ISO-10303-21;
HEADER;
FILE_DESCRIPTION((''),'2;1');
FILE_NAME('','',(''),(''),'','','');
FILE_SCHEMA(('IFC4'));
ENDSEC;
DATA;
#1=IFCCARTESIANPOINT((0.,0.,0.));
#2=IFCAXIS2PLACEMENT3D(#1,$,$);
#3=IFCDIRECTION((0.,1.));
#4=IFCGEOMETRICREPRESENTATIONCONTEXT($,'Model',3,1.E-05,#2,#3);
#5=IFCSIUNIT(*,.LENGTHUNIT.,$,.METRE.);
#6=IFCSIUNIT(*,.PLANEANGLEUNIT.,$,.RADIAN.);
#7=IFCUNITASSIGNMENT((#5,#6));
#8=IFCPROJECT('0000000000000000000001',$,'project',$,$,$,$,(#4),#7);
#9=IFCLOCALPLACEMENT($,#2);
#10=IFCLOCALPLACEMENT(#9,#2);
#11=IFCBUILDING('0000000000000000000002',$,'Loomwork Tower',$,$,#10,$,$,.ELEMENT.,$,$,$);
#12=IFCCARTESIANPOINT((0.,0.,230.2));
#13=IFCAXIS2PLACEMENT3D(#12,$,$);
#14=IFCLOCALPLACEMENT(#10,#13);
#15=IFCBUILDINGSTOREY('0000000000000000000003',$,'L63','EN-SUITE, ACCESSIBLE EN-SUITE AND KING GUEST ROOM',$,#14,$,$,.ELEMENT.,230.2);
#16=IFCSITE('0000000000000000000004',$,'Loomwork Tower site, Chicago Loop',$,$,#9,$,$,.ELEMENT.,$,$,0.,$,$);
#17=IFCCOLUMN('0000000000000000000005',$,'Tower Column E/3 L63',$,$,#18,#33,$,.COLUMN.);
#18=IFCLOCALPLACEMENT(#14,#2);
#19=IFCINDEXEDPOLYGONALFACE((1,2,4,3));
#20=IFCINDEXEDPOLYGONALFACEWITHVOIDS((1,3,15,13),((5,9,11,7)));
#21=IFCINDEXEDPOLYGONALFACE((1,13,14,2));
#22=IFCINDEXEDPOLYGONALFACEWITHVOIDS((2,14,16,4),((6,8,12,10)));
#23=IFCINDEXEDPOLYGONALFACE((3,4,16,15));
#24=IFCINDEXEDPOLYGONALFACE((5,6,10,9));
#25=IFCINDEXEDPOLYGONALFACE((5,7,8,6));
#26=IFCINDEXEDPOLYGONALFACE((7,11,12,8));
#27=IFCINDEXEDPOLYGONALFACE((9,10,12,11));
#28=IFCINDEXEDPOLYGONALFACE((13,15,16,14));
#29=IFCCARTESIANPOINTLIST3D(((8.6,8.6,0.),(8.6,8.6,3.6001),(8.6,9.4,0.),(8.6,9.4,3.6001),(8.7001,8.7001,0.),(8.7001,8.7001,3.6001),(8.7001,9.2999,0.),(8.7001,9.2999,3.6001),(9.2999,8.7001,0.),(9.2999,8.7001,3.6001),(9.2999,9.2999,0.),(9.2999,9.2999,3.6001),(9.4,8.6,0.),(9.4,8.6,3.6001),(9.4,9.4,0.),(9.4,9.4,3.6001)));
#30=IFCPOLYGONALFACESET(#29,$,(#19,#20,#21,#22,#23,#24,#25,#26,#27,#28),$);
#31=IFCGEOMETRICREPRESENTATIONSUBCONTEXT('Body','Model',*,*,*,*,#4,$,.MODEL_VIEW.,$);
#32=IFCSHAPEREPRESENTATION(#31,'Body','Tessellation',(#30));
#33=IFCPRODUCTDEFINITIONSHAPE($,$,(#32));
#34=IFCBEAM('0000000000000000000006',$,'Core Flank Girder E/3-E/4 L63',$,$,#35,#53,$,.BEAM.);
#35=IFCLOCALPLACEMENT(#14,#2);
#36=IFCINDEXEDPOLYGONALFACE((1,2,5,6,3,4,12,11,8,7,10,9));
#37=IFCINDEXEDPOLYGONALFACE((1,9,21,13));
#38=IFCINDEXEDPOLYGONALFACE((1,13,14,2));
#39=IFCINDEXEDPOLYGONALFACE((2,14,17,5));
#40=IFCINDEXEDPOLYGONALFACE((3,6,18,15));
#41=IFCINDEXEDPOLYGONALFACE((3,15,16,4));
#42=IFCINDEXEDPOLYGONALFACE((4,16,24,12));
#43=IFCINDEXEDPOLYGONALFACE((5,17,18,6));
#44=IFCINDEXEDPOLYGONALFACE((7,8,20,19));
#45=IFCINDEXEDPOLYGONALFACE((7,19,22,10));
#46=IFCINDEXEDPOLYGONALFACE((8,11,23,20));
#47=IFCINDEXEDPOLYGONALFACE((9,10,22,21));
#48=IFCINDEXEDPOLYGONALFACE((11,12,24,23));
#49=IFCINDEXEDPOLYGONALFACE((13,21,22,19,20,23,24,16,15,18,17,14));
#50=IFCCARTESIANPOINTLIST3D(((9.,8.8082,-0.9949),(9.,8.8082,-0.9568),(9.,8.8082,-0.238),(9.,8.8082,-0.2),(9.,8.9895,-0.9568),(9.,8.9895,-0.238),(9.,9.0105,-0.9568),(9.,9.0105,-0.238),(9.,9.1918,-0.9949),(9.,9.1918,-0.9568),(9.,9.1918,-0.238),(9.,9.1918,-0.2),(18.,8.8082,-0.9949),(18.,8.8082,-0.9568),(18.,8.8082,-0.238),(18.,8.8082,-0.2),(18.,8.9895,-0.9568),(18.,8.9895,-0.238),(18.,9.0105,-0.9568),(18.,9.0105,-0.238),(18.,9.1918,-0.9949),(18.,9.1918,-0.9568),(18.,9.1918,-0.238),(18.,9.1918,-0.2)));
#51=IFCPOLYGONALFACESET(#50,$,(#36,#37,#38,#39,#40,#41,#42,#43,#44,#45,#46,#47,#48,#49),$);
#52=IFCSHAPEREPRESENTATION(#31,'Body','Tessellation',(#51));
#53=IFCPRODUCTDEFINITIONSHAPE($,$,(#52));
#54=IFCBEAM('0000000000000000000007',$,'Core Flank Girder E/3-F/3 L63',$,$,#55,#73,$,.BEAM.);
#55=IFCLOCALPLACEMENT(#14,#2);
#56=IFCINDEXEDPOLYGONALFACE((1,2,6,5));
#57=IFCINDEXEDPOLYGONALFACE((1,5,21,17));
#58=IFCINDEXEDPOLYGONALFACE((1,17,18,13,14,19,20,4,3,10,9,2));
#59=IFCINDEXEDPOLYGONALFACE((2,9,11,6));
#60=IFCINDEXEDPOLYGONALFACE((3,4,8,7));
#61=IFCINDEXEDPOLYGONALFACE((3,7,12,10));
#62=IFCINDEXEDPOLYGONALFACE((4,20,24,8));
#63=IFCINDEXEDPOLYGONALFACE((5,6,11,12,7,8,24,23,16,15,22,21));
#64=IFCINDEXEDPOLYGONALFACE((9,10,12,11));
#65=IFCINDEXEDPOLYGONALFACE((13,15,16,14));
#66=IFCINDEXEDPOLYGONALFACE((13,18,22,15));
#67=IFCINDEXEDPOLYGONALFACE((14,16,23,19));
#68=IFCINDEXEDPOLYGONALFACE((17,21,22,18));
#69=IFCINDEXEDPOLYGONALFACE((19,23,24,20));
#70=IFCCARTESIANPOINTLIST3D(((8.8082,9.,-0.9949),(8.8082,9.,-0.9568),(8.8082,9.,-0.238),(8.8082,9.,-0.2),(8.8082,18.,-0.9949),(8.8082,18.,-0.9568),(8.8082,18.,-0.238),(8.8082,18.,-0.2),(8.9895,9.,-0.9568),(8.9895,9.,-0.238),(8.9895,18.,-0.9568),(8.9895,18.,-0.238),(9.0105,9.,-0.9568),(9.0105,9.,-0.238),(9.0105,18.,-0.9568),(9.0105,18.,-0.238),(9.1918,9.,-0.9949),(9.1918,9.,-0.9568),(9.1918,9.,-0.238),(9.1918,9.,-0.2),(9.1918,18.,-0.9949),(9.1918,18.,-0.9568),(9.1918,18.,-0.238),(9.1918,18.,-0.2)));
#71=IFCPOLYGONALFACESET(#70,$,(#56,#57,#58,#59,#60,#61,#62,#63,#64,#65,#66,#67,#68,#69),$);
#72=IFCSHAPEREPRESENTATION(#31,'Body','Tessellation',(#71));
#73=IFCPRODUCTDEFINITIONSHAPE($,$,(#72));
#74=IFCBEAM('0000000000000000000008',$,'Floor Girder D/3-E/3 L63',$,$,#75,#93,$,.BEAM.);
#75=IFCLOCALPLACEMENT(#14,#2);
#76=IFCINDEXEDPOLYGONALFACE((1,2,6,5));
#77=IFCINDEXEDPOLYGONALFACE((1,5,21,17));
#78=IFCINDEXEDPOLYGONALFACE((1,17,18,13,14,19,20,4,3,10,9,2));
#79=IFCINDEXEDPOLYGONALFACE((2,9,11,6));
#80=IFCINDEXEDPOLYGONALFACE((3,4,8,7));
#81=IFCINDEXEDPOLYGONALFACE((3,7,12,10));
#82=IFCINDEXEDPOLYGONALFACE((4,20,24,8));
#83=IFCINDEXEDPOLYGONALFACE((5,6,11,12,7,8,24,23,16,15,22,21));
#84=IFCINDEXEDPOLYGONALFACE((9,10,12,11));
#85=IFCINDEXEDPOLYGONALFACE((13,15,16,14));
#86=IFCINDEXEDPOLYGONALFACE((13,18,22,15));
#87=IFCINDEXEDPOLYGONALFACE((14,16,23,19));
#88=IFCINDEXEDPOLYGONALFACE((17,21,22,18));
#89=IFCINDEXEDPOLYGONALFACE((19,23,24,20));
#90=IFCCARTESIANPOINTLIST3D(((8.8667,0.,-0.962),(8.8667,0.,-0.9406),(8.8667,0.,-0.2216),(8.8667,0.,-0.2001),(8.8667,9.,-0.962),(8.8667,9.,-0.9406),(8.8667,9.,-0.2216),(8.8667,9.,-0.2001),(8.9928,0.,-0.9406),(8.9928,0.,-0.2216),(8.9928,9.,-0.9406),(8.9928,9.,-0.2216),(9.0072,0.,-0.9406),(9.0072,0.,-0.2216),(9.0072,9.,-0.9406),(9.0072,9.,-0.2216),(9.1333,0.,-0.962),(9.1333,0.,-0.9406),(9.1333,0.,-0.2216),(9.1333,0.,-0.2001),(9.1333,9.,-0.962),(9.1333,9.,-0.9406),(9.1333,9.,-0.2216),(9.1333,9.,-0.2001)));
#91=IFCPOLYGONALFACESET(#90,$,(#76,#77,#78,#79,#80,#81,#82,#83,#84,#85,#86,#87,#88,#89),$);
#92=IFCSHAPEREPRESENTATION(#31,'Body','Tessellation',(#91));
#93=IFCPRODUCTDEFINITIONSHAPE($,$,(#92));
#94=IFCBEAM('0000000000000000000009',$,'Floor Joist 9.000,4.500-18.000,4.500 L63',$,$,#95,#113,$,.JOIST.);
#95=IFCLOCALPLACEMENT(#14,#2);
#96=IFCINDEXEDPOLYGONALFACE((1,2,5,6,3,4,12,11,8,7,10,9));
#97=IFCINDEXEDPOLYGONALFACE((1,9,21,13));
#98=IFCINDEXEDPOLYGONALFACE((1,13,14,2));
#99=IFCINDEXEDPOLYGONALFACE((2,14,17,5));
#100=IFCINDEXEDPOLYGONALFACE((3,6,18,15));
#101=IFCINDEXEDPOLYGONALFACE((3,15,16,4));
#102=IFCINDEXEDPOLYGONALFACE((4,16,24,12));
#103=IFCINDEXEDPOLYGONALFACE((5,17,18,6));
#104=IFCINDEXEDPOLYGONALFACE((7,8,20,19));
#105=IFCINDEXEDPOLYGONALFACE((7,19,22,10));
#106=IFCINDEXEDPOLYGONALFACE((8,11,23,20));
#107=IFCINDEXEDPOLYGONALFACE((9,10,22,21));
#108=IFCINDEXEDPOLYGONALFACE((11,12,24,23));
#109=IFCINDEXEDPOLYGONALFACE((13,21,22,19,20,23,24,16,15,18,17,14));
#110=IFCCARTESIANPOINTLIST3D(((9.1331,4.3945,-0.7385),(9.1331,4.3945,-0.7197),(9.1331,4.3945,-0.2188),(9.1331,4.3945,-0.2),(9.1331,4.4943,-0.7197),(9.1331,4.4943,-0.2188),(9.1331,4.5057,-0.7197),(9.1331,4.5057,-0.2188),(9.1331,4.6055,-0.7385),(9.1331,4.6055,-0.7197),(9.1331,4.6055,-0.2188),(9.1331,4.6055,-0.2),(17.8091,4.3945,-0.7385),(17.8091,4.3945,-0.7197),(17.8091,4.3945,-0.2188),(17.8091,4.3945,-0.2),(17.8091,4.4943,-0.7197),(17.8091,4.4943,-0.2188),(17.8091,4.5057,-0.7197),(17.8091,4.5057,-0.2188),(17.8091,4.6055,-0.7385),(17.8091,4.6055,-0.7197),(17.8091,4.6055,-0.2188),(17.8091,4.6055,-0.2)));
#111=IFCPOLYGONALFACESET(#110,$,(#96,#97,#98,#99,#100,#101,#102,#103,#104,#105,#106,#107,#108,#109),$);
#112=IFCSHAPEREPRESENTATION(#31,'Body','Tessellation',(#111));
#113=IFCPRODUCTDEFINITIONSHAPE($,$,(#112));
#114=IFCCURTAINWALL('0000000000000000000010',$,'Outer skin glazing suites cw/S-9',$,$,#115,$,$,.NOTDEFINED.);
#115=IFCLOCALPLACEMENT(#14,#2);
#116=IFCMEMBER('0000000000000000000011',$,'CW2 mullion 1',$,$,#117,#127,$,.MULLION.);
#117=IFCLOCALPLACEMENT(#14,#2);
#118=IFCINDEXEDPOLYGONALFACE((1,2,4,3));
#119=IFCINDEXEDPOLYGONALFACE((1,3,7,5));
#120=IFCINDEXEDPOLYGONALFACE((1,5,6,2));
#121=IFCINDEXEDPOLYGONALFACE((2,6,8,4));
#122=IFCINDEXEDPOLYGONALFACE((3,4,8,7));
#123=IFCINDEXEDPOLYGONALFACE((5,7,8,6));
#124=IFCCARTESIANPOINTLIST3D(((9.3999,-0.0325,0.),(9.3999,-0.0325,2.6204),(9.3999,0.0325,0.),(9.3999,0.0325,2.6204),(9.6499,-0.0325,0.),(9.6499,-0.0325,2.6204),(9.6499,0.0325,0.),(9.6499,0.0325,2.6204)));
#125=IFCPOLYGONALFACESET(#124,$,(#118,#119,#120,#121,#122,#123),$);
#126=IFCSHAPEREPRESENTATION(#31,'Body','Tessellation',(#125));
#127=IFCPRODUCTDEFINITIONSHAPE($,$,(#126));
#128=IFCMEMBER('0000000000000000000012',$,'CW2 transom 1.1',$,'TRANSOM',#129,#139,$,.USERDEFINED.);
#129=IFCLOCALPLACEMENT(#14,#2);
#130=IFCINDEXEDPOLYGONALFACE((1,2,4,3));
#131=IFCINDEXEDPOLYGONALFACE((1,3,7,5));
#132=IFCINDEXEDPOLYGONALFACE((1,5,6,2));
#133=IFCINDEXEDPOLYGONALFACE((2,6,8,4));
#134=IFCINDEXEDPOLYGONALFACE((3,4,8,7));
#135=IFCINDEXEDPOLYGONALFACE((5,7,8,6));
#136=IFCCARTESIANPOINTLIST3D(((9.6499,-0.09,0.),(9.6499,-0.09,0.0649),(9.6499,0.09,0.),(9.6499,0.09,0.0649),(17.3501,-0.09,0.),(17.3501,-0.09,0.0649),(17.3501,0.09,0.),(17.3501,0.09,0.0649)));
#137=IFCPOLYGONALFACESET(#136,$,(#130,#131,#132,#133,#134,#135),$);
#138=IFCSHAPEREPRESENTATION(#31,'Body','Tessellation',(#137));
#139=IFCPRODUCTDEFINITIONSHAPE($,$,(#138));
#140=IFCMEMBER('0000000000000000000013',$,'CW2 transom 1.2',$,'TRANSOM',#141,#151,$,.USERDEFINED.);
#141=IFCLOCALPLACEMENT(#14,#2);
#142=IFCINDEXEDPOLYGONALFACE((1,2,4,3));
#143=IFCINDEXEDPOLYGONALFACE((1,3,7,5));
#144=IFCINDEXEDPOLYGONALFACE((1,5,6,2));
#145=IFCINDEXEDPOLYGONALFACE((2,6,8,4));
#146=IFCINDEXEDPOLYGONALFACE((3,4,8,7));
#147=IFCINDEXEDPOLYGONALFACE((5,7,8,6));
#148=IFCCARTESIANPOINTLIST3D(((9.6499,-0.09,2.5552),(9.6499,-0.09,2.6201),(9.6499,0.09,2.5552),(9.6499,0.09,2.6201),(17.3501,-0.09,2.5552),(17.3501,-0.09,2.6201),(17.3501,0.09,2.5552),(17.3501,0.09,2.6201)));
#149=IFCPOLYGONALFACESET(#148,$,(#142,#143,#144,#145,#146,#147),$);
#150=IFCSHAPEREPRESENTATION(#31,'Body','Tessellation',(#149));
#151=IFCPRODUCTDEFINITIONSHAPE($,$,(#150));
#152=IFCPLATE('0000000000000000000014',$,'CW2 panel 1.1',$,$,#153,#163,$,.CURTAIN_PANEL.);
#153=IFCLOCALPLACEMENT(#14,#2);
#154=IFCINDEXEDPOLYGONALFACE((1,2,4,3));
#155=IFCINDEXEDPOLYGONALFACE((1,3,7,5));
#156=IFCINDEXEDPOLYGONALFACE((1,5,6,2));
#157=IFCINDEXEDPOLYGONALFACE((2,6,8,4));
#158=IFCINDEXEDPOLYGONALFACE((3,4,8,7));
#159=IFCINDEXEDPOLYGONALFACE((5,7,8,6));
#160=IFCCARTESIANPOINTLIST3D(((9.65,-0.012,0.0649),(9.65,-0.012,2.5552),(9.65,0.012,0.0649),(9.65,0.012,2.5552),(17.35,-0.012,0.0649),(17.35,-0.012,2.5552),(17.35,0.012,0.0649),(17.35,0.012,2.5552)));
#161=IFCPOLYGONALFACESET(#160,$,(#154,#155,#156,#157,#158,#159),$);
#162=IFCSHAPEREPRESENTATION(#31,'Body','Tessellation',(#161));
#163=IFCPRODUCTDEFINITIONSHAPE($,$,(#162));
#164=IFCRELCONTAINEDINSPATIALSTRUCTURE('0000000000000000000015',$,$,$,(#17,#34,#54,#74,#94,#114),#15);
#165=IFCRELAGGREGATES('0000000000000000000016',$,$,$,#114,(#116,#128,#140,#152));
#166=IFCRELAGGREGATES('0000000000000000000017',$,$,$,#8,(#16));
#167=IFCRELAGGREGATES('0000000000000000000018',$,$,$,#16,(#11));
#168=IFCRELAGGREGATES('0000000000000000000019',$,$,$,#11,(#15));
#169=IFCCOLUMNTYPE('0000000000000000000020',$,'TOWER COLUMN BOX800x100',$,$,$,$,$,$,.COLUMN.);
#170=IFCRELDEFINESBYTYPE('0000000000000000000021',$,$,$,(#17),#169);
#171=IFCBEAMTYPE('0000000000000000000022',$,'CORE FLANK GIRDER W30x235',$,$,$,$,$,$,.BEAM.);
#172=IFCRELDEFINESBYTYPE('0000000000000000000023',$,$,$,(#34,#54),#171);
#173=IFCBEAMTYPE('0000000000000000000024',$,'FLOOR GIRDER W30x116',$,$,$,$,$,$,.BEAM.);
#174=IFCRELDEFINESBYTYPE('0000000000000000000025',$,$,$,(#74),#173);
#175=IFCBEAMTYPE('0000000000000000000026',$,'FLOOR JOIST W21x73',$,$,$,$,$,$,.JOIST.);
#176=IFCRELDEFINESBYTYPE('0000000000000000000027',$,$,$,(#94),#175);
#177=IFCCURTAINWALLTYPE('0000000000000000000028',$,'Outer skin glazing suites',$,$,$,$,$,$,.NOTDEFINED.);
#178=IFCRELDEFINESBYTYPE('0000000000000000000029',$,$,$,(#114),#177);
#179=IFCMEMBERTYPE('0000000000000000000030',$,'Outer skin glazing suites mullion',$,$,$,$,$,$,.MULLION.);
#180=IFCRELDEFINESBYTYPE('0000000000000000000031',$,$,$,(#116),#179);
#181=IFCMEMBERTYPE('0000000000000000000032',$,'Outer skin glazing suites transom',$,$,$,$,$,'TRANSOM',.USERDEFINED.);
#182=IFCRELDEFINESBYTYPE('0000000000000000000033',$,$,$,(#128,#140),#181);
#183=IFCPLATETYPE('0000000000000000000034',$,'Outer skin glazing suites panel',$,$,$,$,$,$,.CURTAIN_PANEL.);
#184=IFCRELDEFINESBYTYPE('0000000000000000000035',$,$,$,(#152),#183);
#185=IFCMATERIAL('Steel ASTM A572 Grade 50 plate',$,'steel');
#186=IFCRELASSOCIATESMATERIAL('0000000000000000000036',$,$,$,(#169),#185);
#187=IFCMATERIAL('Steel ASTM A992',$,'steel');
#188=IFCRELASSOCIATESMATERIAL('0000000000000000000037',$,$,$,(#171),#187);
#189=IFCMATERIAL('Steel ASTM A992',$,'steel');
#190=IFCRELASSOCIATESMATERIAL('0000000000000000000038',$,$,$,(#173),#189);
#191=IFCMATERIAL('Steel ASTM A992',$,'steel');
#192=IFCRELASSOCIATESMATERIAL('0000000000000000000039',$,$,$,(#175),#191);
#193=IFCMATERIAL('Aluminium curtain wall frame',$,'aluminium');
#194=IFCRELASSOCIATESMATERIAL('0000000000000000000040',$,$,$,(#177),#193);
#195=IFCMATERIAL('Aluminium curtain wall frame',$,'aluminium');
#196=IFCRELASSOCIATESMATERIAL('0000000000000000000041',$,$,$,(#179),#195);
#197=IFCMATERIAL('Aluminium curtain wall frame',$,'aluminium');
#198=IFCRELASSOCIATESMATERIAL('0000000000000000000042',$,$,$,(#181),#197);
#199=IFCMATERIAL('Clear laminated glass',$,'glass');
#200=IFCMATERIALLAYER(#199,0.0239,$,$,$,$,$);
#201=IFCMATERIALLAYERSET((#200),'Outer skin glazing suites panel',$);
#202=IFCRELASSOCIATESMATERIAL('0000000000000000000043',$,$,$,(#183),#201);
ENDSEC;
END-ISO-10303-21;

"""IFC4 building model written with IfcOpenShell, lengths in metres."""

from ifc_helpers import new_model, si_unit, direction, frame, origin, origin_2d, place, context, subcontext, project, spatial, rectangle, hollow_rectangle, i_section, extrude, material, layer, layer_set, material_profile, profile_set, type_object, element, aggregate, save


model = new_model("IFC4")

# Units and contexts
model_context = context("Model", 3, precision=1e-05, world=origin(), true_north=direction((0.0, 1.0)))
body_context = subcontext(model_context, "Body", "Model", "MODEL_VIEW")
ifc_project = project(units=[si_unit("LENGTHUNIT", "METRE"), si_unit("PLANEANGLEUNIT", "RADIAN")], contexts=[model_context])

# Site, building, storey
site_placement = place(None, origin())
site = spatial("IfcSite", under=ifc_project, at=site_placement, Name="Loomwork Tower site, Chicago Loop", CompositionType="ELEMENT", RefElevation=0.0)
building_placement = place(site_placement, origin())
building = spatial("IfcBuilding", under=site, at=building_placement, Name="Loomwork Tower", CompositionType="ELEMENT")
storey_placement = place(building_placement, frame((0.0, 0.0, 230.2)))
storey = spatial("IfcBuildingStorey", under=building, at=storey_placement, Name="L63", Description="EN-SUITE, ACCESSIBLE EN-SUITE AND KING GUEST ROOM", CompositionType="ELEMENT", Elevation=230.2)

# Column
ifc_material_1 = material(Name="Steel ASTM A572 Grade 50 plate", Category="steel")
ifc_material_profile_1 = material_profile(ifc_material_1, hollow_rectangle(XDim=0.8, YDim=0.8, WallThickness=0.1001, at=origin_2d()), Name="BOX800x100")
ifc_profile_set_1 = profile_set([ifc_material_profile_1], Name="Steel ASTM A572 Grade 50 plate")
column_type = type_object("IfcColumnType", Name="TOWER COLUMN BOX800x100", PredefinedType="COLUMN", material=ifc_profile_set_1)
column_placement = place(storey_placement, frame((9.0, 9.0, 0.0), z_axis=(0.0, 0.0, 1.0), x_axis=(1.0, 0.0, 0.0)))
element("IfcColumn", 1, at=column_placement, inside=storey, type_object=column_type, Name="Tower Column E/3 L63", PredefinedType="COLUMN", context=body_context, shape_type="SweptSolid", body=[
    extrude(hollow_rectangle(XDim=0.8, YDim=0.8, WallThickness=0.1001, at=origin_2d()), origin(), (0.0, 0.0, 1.0), 3.6001),
])

# Beams
ifc_material_2 = material(Name="Steel ASTM A992", Category="steel")
ifc_material_profile_2 = material_profile(ifc_material_2, i_section(OverallWidth=0.3835, OverallDepth=0.7949, WebThickness=0.021, FlangeThickness=0.0381, at=origin_2d()), Name="W30x235")
ifc_profile_set_2 = profile_set([ifc_material_profile_2], Name="Steel ASTM A992")
beam_type_1 = type_object("IfcBeamType", Name="CORE FLANK GIRDER W30x235", PredefinedType="BEAM", material=ifc_profile_set_2)
for number, where, z_axis, x_axis, name in (
    (2, (9.0, 9.0, -0.5974), (1.0, 0.0, 0.0), (0.0, 1.0, 0.0), "Core Flank Girder E/3-E/4 L63"),
    (3, (9.0, 9.0, -0.5974), (0.0, 1.0, 0.0), (-1.0, 0.0, 0.0), "Core Flank Girder E/3-F/3 L63"),
):
    element("IfcBeam", number, at=place(storey_placement, frame(where, z_axis=z_axis, x_axis=x_axis)), inside=storey, type_object=beam_type_1, Name=name, PredefinedType="BEAM", context=body_context, shape_type="SweptSolid", body=[
        extrude(i_section(OverallWidth=0.3835, OverallDepth=0.7949, WebThickness=0.021, FlangeThickness=0.0381, at=origin_2d()), origin(), (0.0, 0.0, 1.0), 9.0),
    ])
ifc_material_3 = material(Name="Steel ASTM A992", Category="steel")
ifc_material_profile_3 = material_profile(ifc_material_3, i_section(OverallWidth=0.2666, OverallDepth=0.762, WebThickness=0.0144, FlangeThickness=0.0215, at=origin_2d()), Name="W30x116")
ifc_profile_set_3 = profile_set([ifc_material_profile_3], Name="Steel ASTM A992")
beam_type_2 = type_object("IfcBeamType", Name="FLOOR GIRDER W30x116", PredefinedType="BEAM", material=ifc_profile_set_3)
beam_1_placement = place(storey_placement, frame((9.0, 0.0, -0.5811), z_axis=(0.0, 1.0, 0.0), x_axis=(-1.0, 0.0, 0.0)))
element("IfcBeam", 4, at=beam_1_placement, inside=storey, type_object=beam_type_2, Name="Floor Girder D/3-E/3 L63", PredefinedType="BEAM", context=body_context, shape_type="SweptSolid", body=[
    extrude(i_section(OverallWidth=0.2666, OverallDepth=0.762, WebThickness=0.0144, FlangeThickness=0.0215, at=origin_2d()), origin(), (0.0, 0.0, 1.0), 9.0),
])
ifc_material_4 = material(Name="Steel ASTM A992", Category="steel")
ifc_material_profile_4 = material_profile(ifc_material_4, i_section(OverallWidth=0.2109, OverallDepth=0.5386, WebThickness=0.0115, FlangeThickness=0.0188, at=origin_2d()), Name="W21x73")
ifc_profile_set_4 = profile_set([ifc_material_profile_4], Name="Steel ASTM A992")
beam_type_3 = type_object("IfcBeamType", Name="FLOOR JOIST W21x73", PredefinedType="JOIST", material=ifc_profile_set_4)
beam_2_placement = place(storey_placement, frame((9.1331, 4.5, -0.4692), z_axis=(1.0, 0.0, 0.0), x_axis=(0.0, 1.0, 0.0)))
element("IfcBeam", 5, at=beam_2_placement, inside=storey, type_object=beam_type_3, Name="Floor Joist 9.000,4.500-18.000,4.500 L63", PredefinedType="JOIST", context=body_context, shape_type="SweptSolid", body=[
    extrude(i_section(OverallWidth=0.2109, OverallDepth=0.5386, WebThickness=0.0115, FlangeThickness=0.0188, at=origin_2d()), origin(), (0.0, 0.0, 1.0), 8.676),
])

# Curtain wall, members, plate
ifc_material_5 = material(Name="Aluminium curtain wall frame", Category="aluminium")
curtain_wall_type = type_object("IfcCurtainWallType", Name="Outer skin glazing suites", PredefinedType="NOTDEFINED", material=ifc_material_5)
curtain_wall_placement = place(storey_placement, origin())
curtain_wall = element("IfcCurtainWall", 6, at=curtain_wall_placement, inside=storey, type_object=curtain_wall_type, Name="Outer skin glazing suites cw/S-9", PredefinedType="NOTDEFINED")
ifc_material_6 = material(Name="Aluminium curtain wall frame", Category="aluminium")
ifc_material_profile_5 = material_profile(ifc_material_6, rectangle(XDim=0.0649, YDim=0.25, at=origin_2d()), Name="AL 65x250")
ifc_profile_set_5 = profile_set([ifc_material_profile_5], Name="Aluminium curtain wall frame")
member_type_1 = type_object("IfcMemberType", Name="Outer skin glazing suites mullion", PredefinedType="MULLION", material=ifc_profile_set_5)
member_1_placement = place(storey_placement, frame((9.5249, 0.0, 0.0), z_axis=(0.0, 0.0, 1.0), x_axis=(0.0, 1.0, 0.0)))
member_1 = element("IfcMember", 7, at=member_1_placement, type_object=member_type_1, Name="CW2 mullion 1", PredefinedType="MULLION", context=body_context, shape_type="SweptSolid", body=[
    extrude(rectangle(XDim=0.0649, YDim=0.25, at=origin_2d()), origin(), (0.0, 0.0, 1.0), 2.6204),
])
ifc_material_7 = material(Name="Aluminium curtain wall frame", Category="aluminium")
ifc_material_profile_6 = material_profile(ifc_material_7, rectangle(XDim=0.1799, YDim=0.0649, at=origin_2d()), Name="AL 65x180")
ifc_profile_set_6 = profile_set([ifc_material_profile_6], Name="Aluminium curtain wall frame")
member_type_2 = type_object("IfcMemberType", Name="Outer skin glazing suites transom", ElementType="TRANSOM", PredefinedType="USERDEFINED", material=ifc_profile_set_6)
member_2_placement = place(storey_placement, frame((9.6499, 0.0, 0.0325), z_axis=(1.0, 0.0, 0.0), x_axis=(0.0, 1.0, 0.0)))
member_2 = element("IfcMember", 8, at=member_2_placement, type_object=member_type_2, Name="CW2 transom 1.1", ObjectType="TRANSOM", PredefinedType="USERDEFINED", context=body_context, shape_type="SweptSolid", body=[
    extrude(rectangle(XDim=0.1799, YDim=0.0649, at=origin_2d()), origin(), (0.0, 0.0, 1.0), 7.7002),
])
member_3_placement = place(storey_placement, frame((9.6499, 0.0, 2.5876), z_axis=(1.0, 0.0, 0.0), x_axis=(0.0, 1.0, 0.0)))
member_3 = element("IfcMember", 9, at=member_3_placement, type_object=member_type_2, Name="CW2 transom 1.2", ObjectType="TRANSOM", PredefinedType="USERDEFINED", context=body_context, shape_type="SweptSolid", body=[
    extrude(rectangle(XDim=0.1799, YDim=0.0649, at=origin_2d()), origin(), (0.0, 0.0, 1.0), 7.7002),
])
ifc_material_8 = material(Name="Clear laminated glass", Category="glass")
ifc_layer_1 = layer(ifc_material_8, 0.0239)
ifc_layer_set_1 = layer_set([ifc_layer_1], Name="Outer skin glazing suites panel")
plate_type = type_object("IfcPlateType", Name="Outer skin glazing suites panel", PredefinedType="CURTAIN_PANEL", material=ifc_layer_set_1)
plate_placement = place(storey_placement, frame((13.5, 0.0, 0.0649), z_axis=(0.0, 0.0, 1.0), x_axis=(1.0, 0.0, 0.0)))
plate = element("IfcPlate", 10, at=plate_placement, type_object=plate_type, Name="CW2 panel 1.1", PredefinedType="CURTAIN_PANEL", context=body_context, shape_type="SweptSolid", body=[
    extrude(rectangle(XDim=7.7, YDim=0.0239, at=origin_2d()), origin(), (0.0, 0.0, 1.0), 2.4902),
])
aggregate(curtain_wall, [member_1, member_2, member_3, plate])

save(model, "model.ifc")
